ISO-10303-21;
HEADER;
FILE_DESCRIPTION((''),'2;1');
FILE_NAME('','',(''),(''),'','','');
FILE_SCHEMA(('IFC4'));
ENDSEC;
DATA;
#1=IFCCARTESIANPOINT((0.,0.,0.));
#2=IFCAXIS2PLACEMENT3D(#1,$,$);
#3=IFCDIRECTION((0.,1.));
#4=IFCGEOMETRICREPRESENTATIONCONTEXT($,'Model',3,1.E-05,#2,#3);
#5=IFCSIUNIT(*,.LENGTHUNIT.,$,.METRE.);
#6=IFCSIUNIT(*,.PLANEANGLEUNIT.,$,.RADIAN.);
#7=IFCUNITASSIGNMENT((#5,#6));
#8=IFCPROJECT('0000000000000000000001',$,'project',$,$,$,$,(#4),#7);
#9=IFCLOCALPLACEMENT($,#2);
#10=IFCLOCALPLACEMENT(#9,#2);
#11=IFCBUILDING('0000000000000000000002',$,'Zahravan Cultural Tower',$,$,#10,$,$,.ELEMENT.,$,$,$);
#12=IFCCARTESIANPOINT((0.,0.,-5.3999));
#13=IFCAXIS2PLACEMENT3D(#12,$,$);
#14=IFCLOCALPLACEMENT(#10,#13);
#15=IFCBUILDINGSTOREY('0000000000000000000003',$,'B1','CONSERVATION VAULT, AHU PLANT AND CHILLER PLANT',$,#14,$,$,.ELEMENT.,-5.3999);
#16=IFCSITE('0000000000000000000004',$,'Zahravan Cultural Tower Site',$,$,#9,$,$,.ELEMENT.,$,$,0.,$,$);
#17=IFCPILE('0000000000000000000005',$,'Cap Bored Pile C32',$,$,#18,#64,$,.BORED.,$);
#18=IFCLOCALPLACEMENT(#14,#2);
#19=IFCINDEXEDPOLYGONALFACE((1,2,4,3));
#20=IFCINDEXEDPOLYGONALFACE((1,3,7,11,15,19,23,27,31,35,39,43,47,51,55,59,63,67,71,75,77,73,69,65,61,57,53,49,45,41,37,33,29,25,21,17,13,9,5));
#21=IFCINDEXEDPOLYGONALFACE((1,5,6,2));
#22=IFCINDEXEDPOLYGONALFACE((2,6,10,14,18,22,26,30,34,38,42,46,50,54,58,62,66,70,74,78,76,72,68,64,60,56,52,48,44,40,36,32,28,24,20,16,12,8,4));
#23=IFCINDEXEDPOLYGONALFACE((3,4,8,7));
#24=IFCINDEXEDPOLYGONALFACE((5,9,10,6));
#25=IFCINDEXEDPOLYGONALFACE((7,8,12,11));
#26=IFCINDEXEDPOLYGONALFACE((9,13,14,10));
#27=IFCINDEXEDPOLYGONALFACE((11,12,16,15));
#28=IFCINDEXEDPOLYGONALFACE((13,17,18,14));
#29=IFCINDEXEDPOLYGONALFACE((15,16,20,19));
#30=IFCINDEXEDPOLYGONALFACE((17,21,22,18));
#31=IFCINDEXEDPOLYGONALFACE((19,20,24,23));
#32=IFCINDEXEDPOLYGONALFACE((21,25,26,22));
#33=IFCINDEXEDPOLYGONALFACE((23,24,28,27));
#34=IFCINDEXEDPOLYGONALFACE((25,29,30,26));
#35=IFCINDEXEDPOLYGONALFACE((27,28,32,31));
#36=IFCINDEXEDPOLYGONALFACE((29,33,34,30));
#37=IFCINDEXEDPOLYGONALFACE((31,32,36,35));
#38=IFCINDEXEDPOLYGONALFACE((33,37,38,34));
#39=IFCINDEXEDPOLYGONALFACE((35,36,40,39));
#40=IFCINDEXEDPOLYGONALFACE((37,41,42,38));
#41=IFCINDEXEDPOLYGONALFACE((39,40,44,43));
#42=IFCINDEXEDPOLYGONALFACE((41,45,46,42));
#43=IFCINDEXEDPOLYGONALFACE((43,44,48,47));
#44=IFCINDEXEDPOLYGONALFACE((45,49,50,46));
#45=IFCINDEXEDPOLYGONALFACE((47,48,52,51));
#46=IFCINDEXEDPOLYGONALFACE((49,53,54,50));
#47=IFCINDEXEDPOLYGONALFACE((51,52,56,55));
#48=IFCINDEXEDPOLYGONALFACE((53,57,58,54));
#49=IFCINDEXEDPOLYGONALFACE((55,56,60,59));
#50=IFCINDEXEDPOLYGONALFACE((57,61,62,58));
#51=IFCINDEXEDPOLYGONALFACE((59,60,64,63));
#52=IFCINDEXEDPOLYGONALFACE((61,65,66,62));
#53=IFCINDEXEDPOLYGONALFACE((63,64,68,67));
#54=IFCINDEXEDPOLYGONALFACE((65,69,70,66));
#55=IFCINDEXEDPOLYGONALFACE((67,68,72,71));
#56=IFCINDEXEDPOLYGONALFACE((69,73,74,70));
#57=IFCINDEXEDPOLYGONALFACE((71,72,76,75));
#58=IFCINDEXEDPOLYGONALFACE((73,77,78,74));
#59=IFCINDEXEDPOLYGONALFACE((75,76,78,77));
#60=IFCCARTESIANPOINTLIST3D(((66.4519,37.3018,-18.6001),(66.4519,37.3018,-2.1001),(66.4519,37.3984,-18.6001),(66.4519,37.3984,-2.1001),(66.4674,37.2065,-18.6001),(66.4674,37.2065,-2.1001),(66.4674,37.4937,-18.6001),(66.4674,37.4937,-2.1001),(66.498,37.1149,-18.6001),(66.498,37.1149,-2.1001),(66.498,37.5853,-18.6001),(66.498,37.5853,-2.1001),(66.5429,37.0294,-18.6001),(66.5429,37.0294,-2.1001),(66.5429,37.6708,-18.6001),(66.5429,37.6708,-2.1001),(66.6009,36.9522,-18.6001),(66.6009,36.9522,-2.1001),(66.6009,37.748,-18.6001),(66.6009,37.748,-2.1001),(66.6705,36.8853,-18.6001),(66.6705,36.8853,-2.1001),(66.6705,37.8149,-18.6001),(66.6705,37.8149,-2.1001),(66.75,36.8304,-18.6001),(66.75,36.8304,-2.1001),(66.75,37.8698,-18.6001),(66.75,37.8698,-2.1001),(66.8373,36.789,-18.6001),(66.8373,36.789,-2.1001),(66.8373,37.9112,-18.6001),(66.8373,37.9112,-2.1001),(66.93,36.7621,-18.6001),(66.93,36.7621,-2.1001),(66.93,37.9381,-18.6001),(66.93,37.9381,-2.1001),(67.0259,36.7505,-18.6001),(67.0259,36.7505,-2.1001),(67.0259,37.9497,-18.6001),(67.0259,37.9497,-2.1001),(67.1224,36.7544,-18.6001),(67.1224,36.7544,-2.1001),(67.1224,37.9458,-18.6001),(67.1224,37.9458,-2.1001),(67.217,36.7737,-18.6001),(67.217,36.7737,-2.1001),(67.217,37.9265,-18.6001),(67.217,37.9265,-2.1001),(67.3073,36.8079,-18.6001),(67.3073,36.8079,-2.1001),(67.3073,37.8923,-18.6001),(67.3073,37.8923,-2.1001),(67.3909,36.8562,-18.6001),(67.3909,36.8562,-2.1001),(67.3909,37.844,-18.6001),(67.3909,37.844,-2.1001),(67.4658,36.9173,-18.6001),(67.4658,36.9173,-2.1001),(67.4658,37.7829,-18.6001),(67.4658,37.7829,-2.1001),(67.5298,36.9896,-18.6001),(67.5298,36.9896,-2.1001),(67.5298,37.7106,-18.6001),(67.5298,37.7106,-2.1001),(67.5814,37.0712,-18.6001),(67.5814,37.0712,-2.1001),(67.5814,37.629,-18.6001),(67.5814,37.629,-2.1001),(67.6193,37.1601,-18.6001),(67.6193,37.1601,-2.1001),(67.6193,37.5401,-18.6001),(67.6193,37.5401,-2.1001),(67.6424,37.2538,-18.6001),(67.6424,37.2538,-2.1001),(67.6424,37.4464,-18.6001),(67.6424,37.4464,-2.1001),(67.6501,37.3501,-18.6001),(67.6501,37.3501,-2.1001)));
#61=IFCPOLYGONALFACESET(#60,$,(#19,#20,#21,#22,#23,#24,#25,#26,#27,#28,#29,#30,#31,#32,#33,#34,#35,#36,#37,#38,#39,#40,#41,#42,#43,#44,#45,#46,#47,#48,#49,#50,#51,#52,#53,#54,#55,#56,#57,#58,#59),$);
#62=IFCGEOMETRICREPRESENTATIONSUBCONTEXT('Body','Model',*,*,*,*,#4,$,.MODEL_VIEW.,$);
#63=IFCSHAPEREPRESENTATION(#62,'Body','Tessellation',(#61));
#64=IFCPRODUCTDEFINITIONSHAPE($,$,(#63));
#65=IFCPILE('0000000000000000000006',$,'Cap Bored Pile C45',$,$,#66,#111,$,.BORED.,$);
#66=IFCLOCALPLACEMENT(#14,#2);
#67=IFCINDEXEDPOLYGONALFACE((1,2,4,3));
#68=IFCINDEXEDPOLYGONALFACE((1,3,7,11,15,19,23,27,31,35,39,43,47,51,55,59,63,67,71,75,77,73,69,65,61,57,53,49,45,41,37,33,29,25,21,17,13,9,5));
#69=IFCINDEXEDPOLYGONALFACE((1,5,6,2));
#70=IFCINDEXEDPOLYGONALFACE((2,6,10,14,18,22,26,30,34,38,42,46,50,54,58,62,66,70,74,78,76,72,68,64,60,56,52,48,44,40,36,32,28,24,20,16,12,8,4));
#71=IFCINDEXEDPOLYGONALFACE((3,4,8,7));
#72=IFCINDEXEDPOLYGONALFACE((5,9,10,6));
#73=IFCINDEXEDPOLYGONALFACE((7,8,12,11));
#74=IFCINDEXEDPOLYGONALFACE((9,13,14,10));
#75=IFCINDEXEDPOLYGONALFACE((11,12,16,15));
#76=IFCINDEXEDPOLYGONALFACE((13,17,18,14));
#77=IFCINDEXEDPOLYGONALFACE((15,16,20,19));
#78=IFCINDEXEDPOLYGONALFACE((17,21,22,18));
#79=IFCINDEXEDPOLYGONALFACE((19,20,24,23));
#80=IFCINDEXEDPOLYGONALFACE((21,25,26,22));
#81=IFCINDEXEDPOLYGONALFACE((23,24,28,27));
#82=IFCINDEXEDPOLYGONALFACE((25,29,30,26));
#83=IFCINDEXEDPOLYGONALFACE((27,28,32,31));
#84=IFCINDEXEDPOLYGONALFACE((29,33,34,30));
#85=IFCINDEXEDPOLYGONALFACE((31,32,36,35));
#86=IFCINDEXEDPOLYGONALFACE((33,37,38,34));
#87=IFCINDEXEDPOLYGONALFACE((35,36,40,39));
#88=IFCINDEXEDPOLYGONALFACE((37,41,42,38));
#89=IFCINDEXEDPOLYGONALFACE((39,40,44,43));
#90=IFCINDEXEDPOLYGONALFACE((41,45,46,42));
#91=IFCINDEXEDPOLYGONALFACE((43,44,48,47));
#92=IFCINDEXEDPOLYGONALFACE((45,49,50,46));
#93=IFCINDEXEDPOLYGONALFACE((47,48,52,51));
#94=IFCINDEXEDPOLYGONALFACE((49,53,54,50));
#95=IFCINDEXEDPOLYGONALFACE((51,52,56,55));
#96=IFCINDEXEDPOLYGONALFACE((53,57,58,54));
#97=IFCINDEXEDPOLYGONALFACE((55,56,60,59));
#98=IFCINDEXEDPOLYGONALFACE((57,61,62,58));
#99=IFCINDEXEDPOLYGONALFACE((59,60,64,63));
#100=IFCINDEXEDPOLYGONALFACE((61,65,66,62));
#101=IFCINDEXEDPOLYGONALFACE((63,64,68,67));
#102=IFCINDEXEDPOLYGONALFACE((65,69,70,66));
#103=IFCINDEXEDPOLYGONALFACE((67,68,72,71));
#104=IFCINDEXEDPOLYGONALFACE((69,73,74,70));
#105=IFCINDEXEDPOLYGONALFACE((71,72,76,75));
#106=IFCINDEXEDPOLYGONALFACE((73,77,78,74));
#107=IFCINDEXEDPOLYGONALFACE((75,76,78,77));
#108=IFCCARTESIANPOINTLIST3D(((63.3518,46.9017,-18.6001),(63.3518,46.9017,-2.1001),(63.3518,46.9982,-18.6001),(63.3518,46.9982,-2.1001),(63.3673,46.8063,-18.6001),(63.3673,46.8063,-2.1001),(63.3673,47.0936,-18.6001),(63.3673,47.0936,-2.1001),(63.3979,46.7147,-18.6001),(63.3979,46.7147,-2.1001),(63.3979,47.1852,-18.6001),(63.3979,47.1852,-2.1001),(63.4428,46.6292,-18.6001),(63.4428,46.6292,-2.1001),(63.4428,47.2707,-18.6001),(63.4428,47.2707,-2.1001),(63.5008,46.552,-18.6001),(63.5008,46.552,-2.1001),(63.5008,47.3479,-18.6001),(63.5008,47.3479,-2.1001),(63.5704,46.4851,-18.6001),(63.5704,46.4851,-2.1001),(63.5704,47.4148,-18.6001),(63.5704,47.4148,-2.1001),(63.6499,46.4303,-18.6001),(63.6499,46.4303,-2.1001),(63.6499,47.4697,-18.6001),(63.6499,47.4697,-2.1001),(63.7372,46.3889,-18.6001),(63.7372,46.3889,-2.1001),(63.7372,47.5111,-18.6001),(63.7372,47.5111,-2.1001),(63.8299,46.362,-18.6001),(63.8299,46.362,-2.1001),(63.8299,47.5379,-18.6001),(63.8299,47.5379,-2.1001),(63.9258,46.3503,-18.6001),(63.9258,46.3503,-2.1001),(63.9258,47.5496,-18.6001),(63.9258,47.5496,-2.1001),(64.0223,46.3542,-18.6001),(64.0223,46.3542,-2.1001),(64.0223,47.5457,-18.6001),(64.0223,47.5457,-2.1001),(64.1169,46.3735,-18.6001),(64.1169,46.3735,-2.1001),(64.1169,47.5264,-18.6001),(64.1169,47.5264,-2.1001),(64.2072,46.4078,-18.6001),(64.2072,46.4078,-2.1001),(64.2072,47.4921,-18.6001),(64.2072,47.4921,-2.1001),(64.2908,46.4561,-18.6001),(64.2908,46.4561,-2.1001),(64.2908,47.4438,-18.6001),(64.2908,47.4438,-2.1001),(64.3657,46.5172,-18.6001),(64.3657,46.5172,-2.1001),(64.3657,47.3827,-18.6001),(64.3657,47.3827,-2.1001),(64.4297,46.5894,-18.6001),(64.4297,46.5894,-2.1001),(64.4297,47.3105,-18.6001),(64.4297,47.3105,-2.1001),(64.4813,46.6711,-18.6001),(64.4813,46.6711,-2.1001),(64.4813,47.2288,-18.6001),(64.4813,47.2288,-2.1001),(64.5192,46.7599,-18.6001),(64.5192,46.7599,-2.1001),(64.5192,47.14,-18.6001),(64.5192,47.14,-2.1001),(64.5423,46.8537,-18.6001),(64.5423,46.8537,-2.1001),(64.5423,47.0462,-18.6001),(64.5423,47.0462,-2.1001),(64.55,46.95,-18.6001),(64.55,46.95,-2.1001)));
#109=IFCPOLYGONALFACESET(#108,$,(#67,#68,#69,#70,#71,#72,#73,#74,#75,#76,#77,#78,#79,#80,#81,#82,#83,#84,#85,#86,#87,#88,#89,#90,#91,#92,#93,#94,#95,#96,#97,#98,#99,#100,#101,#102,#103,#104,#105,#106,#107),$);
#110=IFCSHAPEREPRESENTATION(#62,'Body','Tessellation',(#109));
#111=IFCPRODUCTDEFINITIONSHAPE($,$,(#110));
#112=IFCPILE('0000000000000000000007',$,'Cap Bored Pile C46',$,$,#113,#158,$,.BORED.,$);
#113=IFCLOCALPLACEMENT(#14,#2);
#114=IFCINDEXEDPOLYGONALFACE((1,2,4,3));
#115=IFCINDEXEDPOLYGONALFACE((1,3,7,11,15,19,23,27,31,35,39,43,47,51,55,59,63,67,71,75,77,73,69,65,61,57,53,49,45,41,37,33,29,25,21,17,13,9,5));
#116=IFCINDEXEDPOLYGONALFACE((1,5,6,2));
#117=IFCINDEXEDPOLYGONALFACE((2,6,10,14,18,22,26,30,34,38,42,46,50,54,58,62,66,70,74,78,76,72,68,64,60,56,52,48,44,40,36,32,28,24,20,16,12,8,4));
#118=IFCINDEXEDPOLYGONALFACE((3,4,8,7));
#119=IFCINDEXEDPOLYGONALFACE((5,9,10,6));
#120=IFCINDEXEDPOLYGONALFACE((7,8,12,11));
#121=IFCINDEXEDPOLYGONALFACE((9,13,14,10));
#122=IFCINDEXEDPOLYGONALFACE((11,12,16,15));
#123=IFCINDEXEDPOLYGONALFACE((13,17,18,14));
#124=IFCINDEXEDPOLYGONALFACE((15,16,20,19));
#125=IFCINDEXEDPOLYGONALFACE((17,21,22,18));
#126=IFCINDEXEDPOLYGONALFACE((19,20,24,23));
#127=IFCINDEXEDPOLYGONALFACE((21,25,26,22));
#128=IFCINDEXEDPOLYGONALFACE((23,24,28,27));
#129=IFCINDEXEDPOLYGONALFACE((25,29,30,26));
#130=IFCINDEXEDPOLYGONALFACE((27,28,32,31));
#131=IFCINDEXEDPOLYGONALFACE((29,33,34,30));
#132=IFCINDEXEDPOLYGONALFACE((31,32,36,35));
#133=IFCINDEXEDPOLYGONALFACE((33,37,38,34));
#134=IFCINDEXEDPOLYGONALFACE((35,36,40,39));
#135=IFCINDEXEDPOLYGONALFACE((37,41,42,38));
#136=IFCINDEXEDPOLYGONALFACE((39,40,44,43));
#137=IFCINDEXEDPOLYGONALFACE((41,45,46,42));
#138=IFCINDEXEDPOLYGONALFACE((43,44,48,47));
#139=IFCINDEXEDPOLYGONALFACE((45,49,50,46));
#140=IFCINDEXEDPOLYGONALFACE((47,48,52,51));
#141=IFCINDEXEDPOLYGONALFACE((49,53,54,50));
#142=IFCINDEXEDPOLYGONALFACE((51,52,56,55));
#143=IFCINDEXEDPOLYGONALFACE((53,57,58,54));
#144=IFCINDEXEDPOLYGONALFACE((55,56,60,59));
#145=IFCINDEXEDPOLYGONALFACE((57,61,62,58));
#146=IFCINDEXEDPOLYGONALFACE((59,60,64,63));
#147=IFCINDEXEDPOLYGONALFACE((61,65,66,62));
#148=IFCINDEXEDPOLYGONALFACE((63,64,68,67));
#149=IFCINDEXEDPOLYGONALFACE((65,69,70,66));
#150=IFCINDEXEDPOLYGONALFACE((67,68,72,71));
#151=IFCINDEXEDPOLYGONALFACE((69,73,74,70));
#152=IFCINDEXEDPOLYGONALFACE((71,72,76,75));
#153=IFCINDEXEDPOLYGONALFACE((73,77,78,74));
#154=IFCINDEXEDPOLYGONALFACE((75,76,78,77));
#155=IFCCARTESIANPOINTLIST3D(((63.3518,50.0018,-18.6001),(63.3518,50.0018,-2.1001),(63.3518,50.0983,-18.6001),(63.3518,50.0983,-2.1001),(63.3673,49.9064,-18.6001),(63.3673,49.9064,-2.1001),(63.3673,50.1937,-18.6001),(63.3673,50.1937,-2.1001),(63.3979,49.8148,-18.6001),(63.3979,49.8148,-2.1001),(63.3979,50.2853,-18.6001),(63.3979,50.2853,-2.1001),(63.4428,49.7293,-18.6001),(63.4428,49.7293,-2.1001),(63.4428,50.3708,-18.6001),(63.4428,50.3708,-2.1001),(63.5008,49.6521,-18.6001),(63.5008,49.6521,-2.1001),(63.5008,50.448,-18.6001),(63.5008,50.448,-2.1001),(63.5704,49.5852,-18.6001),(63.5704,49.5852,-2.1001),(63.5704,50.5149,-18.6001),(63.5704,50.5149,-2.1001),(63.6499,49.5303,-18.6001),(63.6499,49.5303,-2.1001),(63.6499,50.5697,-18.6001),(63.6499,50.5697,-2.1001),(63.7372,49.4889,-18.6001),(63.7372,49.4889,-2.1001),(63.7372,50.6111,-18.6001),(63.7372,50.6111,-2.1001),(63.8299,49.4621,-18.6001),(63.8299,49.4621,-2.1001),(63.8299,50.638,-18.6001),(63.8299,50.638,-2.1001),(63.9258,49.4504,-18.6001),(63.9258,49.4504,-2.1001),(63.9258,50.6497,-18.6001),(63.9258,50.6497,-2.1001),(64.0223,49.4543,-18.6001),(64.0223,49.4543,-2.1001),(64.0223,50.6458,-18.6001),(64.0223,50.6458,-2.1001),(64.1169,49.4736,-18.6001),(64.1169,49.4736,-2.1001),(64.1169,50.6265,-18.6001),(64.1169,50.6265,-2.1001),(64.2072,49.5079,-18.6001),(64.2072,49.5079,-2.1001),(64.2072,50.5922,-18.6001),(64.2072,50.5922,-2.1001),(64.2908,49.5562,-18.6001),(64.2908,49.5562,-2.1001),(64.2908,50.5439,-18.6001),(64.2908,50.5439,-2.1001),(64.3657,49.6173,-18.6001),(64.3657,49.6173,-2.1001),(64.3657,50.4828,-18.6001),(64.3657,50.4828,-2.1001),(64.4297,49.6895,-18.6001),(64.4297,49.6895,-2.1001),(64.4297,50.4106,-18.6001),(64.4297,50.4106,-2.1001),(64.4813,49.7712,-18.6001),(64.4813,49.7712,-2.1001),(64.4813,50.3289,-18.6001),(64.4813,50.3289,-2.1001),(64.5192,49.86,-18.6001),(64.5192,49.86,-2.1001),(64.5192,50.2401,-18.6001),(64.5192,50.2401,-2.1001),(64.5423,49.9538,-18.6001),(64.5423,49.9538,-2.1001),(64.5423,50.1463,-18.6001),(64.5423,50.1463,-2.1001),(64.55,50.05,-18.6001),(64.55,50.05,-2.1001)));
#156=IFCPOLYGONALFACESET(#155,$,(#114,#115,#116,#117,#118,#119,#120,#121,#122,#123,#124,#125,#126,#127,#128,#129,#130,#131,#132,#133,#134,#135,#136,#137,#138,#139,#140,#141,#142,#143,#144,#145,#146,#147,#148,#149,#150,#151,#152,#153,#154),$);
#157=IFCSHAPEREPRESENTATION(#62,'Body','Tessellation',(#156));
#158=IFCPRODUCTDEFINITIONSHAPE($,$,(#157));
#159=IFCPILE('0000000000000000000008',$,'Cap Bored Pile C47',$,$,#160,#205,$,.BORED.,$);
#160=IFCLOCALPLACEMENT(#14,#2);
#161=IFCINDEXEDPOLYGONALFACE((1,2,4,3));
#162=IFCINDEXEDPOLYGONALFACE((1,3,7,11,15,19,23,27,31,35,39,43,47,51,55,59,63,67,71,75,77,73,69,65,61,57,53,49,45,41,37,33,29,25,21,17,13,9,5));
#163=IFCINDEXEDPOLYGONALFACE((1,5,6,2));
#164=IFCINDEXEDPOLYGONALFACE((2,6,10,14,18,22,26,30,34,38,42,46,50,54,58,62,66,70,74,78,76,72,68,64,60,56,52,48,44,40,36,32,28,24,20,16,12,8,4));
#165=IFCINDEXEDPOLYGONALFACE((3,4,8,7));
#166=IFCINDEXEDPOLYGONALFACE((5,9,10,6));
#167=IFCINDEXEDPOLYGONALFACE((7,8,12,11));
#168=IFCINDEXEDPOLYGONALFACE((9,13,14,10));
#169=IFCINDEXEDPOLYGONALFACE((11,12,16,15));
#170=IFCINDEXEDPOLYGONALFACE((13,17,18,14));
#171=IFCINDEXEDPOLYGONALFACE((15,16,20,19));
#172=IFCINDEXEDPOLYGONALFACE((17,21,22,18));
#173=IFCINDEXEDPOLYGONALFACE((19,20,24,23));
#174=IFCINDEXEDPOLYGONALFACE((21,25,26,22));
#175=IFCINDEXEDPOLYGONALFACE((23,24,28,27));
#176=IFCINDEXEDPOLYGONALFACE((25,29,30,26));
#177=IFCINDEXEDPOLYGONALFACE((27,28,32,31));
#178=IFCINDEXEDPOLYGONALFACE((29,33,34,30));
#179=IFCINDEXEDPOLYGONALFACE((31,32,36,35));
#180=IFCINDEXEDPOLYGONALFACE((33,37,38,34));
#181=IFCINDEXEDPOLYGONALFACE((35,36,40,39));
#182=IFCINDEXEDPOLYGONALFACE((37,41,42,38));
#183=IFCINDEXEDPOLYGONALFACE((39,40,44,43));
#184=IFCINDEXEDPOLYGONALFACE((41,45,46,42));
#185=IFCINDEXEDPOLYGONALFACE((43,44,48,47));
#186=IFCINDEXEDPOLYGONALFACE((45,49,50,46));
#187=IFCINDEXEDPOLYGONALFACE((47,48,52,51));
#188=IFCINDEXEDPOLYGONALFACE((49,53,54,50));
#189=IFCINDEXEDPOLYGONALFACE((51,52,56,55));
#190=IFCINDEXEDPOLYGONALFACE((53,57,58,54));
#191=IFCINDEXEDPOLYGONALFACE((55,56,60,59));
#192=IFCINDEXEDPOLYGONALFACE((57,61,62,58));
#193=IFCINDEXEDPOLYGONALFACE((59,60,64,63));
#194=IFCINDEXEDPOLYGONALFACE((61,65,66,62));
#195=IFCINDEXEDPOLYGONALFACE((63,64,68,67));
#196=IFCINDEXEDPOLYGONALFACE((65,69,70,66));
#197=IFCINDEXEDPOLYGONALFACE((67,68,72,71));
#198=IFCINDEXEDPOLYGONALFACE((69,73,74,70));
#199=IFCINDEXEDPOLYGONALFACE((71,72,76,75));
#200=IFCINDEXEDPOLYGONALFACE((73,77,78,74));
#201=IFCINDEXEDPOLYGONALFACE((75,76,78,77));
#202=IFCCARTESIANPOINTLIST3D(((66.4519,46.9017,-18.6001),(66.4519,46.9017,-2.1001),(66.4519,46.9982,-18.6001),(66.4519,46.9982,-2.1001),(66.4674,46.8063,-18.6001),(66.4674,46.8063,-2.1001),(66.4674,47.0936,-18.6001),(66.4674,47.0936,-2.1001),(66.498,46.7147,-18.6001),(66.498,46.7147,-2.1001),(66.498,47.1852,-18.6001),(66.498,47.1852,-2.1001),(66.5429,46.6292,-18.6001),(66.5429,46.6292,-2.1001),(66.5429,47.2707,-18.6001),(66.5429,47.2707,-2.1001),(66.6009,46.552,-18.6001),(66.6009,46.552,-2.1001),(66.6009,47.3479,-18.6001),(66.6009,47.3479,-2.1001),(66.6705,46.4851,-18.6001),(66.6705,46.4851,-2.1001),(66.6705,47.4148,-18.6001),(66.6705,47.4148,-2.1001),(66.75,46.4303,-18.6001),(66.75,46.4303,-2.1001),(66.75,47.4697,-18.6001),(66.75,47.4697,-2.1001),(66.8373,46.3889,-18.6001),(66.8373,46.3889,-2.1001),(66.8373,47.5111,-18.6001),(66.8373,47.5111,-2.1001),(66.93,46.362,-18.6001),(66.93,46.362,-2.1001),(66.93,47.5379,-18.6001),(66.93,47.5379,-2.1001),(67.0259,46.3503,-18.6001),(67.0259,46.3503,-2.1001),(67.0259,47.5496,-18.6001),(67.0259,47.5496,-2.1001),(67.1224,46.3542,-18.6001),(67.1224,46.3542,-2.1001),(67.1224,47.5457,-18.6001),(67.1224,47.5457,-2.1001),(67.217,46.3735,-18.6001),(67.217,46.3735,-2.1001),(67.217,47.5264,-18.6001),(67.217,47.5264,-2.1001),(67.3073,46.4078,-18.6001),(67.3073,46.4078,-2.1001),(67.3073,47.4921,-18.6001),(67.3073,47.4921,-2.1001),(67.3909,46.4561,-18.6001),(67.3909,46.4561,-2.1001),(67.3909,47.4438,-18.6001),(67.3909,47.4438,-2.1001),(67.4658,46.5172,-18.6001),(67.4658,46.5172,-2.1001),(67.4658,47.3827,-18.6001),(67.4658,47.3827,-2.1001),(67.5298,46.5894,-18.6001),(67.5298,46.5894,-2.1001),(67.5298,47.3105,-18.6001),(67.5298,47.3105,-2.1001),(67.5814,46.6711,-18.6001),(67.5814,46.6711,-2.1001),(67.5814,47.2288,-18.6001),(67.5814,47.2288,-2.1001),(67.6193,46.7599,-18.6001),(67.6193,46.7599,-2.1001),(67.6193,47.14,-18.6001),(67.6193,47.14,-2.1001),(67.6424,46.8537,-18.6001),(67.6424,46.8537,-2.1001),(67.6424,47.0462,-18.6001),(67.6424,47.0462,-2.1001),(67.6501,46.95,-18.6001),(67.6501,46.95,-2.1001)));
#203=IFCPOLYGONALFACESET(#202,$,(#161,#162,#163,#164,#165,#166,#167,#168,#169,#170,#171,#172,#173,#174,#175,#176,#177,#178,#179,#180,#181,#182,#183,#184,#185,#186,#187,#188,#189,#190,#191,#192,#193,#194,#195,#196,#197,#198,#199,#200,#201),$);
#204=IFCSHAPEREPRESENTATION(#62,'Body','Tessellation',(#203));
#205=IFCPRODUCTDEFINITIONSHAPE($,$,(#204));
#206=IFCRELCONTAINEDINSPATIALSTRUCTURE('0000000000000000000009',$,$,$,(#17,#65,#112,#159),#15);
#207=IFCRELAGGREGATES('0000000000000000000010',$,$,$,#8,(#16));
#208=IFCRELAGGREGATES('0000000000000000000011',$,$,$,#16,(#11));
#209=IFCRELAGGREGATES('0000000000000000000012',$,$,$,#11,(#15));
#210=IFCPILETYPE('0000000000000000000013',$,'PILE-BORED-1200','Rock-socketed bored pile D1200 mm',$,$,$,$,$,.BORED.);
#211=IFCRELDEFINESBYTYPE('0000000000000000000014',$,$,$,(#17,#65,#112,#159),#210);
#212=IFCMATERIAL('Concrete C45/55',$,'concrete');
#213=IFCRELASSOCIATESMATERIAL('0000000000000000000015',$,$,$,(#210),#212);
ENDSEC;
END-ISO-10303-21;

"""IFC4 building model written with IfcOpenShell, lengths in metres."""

from ifc_helpers import new_model, si_unit, direction, frame, origin, origin_2d, place, context, subcontext, project, spatial, circle, extrude, material, material_profile, profile_set, type_object, element, save


model = new_model("IFC4")

# Units and contexts
model_context = context("Model", 3, precision=1e-05, world=origin(), true_north=direction((0.0, 1.0)))
body_context = subcontext(model_context, "Body", "Model", "MODEL_VIEW")
ifc_project = project(units=[si_unit("LENGTHUNIT", "METRE"), si_unit("PLANEANGLEUNIT", "RADIAN")], contexts=[model_context])

# Site, building, storey
site_placement = place(None, origin())
site = spatial("IfcSite", under=ifc_project, at=site_placement, Name="Zahravan Cultural Tower Site", CompositionType="ELEMENT", RefElevation=0.0)
building_placement = place(site_placement, origin())
building = spatial("IfcBuilding", under=site, at=building_placement, Name="Zahravan Cultural Tower", CompositionType="ELEMENT")
storey_placement = place(building_placement, frame((0.0, 0.0, -5.3999)))
storey = spatial("IfcBuildingStorey", under=building, at=storey_placement, Name="B1", Description="CONSERVATION VAULT, AHU PLANT AND CHILLER PLANT", CompositionType="ELEMENT", Elevation=-5.3999)

# Piles
ifc_material_1 = material(Name="Concrete C45/55", Category="concrete")
ifc_material_profile_1 = material_profile(ifc_material_1, circle(Radius=0.6001, at=origin_2d()), Name="PILE-D1200")
ifc_profile_set_1 = profile_set([ifc_material_profile_1], Name="Concrete C45/55")
pile_type_1 = type_object("IfcPileType", Name="PILE-BORED-1200", Description="Rock-socketed bored pile D1200 mm", PredefinedType="BORED", material=ifc_profile_set_1)
for number, where, z_axis, x_axis, name in (
    (1, (67.05, 37.3501, -2.1001), (0.0, 0.0, -1.0), (1.0, 0.0, 0.0), "Cap Bored Pile C32"),
    (2, (63.95, 46.95, -2.1001), (0.0, 0.0, -1.0), (1.0, 0.0, 0.0), "Cap Bored Pile C45"),
    (3, (63.95, 50.05, -2.1001), (0.0, 0.0, -1.0), (1.0, 0.0, 0.0), "Cap Bored Pile C46"),
    (4, (67.05, 46.95, -2.1001), (0.0, 0.0, -1.0), (1.0, 0.0, 0.0), "Cap Bored Pile C47"),
):
    element("IfcPile", number, at=place(storey_placement, frame(where, z_axis=z_axis, x_axis=x_axis)), inside=storey, type_object=pile_type_1, Name=name, PredefinedType="BORED", context=body_context, shape_type="SweptSolid", body=[
        extrude(circle(Radius=0.6001, at=origin_2d()), origin(), (0.0, 0.0, 1.0), 16.5),
    ])

save(model, "model.ifc")
